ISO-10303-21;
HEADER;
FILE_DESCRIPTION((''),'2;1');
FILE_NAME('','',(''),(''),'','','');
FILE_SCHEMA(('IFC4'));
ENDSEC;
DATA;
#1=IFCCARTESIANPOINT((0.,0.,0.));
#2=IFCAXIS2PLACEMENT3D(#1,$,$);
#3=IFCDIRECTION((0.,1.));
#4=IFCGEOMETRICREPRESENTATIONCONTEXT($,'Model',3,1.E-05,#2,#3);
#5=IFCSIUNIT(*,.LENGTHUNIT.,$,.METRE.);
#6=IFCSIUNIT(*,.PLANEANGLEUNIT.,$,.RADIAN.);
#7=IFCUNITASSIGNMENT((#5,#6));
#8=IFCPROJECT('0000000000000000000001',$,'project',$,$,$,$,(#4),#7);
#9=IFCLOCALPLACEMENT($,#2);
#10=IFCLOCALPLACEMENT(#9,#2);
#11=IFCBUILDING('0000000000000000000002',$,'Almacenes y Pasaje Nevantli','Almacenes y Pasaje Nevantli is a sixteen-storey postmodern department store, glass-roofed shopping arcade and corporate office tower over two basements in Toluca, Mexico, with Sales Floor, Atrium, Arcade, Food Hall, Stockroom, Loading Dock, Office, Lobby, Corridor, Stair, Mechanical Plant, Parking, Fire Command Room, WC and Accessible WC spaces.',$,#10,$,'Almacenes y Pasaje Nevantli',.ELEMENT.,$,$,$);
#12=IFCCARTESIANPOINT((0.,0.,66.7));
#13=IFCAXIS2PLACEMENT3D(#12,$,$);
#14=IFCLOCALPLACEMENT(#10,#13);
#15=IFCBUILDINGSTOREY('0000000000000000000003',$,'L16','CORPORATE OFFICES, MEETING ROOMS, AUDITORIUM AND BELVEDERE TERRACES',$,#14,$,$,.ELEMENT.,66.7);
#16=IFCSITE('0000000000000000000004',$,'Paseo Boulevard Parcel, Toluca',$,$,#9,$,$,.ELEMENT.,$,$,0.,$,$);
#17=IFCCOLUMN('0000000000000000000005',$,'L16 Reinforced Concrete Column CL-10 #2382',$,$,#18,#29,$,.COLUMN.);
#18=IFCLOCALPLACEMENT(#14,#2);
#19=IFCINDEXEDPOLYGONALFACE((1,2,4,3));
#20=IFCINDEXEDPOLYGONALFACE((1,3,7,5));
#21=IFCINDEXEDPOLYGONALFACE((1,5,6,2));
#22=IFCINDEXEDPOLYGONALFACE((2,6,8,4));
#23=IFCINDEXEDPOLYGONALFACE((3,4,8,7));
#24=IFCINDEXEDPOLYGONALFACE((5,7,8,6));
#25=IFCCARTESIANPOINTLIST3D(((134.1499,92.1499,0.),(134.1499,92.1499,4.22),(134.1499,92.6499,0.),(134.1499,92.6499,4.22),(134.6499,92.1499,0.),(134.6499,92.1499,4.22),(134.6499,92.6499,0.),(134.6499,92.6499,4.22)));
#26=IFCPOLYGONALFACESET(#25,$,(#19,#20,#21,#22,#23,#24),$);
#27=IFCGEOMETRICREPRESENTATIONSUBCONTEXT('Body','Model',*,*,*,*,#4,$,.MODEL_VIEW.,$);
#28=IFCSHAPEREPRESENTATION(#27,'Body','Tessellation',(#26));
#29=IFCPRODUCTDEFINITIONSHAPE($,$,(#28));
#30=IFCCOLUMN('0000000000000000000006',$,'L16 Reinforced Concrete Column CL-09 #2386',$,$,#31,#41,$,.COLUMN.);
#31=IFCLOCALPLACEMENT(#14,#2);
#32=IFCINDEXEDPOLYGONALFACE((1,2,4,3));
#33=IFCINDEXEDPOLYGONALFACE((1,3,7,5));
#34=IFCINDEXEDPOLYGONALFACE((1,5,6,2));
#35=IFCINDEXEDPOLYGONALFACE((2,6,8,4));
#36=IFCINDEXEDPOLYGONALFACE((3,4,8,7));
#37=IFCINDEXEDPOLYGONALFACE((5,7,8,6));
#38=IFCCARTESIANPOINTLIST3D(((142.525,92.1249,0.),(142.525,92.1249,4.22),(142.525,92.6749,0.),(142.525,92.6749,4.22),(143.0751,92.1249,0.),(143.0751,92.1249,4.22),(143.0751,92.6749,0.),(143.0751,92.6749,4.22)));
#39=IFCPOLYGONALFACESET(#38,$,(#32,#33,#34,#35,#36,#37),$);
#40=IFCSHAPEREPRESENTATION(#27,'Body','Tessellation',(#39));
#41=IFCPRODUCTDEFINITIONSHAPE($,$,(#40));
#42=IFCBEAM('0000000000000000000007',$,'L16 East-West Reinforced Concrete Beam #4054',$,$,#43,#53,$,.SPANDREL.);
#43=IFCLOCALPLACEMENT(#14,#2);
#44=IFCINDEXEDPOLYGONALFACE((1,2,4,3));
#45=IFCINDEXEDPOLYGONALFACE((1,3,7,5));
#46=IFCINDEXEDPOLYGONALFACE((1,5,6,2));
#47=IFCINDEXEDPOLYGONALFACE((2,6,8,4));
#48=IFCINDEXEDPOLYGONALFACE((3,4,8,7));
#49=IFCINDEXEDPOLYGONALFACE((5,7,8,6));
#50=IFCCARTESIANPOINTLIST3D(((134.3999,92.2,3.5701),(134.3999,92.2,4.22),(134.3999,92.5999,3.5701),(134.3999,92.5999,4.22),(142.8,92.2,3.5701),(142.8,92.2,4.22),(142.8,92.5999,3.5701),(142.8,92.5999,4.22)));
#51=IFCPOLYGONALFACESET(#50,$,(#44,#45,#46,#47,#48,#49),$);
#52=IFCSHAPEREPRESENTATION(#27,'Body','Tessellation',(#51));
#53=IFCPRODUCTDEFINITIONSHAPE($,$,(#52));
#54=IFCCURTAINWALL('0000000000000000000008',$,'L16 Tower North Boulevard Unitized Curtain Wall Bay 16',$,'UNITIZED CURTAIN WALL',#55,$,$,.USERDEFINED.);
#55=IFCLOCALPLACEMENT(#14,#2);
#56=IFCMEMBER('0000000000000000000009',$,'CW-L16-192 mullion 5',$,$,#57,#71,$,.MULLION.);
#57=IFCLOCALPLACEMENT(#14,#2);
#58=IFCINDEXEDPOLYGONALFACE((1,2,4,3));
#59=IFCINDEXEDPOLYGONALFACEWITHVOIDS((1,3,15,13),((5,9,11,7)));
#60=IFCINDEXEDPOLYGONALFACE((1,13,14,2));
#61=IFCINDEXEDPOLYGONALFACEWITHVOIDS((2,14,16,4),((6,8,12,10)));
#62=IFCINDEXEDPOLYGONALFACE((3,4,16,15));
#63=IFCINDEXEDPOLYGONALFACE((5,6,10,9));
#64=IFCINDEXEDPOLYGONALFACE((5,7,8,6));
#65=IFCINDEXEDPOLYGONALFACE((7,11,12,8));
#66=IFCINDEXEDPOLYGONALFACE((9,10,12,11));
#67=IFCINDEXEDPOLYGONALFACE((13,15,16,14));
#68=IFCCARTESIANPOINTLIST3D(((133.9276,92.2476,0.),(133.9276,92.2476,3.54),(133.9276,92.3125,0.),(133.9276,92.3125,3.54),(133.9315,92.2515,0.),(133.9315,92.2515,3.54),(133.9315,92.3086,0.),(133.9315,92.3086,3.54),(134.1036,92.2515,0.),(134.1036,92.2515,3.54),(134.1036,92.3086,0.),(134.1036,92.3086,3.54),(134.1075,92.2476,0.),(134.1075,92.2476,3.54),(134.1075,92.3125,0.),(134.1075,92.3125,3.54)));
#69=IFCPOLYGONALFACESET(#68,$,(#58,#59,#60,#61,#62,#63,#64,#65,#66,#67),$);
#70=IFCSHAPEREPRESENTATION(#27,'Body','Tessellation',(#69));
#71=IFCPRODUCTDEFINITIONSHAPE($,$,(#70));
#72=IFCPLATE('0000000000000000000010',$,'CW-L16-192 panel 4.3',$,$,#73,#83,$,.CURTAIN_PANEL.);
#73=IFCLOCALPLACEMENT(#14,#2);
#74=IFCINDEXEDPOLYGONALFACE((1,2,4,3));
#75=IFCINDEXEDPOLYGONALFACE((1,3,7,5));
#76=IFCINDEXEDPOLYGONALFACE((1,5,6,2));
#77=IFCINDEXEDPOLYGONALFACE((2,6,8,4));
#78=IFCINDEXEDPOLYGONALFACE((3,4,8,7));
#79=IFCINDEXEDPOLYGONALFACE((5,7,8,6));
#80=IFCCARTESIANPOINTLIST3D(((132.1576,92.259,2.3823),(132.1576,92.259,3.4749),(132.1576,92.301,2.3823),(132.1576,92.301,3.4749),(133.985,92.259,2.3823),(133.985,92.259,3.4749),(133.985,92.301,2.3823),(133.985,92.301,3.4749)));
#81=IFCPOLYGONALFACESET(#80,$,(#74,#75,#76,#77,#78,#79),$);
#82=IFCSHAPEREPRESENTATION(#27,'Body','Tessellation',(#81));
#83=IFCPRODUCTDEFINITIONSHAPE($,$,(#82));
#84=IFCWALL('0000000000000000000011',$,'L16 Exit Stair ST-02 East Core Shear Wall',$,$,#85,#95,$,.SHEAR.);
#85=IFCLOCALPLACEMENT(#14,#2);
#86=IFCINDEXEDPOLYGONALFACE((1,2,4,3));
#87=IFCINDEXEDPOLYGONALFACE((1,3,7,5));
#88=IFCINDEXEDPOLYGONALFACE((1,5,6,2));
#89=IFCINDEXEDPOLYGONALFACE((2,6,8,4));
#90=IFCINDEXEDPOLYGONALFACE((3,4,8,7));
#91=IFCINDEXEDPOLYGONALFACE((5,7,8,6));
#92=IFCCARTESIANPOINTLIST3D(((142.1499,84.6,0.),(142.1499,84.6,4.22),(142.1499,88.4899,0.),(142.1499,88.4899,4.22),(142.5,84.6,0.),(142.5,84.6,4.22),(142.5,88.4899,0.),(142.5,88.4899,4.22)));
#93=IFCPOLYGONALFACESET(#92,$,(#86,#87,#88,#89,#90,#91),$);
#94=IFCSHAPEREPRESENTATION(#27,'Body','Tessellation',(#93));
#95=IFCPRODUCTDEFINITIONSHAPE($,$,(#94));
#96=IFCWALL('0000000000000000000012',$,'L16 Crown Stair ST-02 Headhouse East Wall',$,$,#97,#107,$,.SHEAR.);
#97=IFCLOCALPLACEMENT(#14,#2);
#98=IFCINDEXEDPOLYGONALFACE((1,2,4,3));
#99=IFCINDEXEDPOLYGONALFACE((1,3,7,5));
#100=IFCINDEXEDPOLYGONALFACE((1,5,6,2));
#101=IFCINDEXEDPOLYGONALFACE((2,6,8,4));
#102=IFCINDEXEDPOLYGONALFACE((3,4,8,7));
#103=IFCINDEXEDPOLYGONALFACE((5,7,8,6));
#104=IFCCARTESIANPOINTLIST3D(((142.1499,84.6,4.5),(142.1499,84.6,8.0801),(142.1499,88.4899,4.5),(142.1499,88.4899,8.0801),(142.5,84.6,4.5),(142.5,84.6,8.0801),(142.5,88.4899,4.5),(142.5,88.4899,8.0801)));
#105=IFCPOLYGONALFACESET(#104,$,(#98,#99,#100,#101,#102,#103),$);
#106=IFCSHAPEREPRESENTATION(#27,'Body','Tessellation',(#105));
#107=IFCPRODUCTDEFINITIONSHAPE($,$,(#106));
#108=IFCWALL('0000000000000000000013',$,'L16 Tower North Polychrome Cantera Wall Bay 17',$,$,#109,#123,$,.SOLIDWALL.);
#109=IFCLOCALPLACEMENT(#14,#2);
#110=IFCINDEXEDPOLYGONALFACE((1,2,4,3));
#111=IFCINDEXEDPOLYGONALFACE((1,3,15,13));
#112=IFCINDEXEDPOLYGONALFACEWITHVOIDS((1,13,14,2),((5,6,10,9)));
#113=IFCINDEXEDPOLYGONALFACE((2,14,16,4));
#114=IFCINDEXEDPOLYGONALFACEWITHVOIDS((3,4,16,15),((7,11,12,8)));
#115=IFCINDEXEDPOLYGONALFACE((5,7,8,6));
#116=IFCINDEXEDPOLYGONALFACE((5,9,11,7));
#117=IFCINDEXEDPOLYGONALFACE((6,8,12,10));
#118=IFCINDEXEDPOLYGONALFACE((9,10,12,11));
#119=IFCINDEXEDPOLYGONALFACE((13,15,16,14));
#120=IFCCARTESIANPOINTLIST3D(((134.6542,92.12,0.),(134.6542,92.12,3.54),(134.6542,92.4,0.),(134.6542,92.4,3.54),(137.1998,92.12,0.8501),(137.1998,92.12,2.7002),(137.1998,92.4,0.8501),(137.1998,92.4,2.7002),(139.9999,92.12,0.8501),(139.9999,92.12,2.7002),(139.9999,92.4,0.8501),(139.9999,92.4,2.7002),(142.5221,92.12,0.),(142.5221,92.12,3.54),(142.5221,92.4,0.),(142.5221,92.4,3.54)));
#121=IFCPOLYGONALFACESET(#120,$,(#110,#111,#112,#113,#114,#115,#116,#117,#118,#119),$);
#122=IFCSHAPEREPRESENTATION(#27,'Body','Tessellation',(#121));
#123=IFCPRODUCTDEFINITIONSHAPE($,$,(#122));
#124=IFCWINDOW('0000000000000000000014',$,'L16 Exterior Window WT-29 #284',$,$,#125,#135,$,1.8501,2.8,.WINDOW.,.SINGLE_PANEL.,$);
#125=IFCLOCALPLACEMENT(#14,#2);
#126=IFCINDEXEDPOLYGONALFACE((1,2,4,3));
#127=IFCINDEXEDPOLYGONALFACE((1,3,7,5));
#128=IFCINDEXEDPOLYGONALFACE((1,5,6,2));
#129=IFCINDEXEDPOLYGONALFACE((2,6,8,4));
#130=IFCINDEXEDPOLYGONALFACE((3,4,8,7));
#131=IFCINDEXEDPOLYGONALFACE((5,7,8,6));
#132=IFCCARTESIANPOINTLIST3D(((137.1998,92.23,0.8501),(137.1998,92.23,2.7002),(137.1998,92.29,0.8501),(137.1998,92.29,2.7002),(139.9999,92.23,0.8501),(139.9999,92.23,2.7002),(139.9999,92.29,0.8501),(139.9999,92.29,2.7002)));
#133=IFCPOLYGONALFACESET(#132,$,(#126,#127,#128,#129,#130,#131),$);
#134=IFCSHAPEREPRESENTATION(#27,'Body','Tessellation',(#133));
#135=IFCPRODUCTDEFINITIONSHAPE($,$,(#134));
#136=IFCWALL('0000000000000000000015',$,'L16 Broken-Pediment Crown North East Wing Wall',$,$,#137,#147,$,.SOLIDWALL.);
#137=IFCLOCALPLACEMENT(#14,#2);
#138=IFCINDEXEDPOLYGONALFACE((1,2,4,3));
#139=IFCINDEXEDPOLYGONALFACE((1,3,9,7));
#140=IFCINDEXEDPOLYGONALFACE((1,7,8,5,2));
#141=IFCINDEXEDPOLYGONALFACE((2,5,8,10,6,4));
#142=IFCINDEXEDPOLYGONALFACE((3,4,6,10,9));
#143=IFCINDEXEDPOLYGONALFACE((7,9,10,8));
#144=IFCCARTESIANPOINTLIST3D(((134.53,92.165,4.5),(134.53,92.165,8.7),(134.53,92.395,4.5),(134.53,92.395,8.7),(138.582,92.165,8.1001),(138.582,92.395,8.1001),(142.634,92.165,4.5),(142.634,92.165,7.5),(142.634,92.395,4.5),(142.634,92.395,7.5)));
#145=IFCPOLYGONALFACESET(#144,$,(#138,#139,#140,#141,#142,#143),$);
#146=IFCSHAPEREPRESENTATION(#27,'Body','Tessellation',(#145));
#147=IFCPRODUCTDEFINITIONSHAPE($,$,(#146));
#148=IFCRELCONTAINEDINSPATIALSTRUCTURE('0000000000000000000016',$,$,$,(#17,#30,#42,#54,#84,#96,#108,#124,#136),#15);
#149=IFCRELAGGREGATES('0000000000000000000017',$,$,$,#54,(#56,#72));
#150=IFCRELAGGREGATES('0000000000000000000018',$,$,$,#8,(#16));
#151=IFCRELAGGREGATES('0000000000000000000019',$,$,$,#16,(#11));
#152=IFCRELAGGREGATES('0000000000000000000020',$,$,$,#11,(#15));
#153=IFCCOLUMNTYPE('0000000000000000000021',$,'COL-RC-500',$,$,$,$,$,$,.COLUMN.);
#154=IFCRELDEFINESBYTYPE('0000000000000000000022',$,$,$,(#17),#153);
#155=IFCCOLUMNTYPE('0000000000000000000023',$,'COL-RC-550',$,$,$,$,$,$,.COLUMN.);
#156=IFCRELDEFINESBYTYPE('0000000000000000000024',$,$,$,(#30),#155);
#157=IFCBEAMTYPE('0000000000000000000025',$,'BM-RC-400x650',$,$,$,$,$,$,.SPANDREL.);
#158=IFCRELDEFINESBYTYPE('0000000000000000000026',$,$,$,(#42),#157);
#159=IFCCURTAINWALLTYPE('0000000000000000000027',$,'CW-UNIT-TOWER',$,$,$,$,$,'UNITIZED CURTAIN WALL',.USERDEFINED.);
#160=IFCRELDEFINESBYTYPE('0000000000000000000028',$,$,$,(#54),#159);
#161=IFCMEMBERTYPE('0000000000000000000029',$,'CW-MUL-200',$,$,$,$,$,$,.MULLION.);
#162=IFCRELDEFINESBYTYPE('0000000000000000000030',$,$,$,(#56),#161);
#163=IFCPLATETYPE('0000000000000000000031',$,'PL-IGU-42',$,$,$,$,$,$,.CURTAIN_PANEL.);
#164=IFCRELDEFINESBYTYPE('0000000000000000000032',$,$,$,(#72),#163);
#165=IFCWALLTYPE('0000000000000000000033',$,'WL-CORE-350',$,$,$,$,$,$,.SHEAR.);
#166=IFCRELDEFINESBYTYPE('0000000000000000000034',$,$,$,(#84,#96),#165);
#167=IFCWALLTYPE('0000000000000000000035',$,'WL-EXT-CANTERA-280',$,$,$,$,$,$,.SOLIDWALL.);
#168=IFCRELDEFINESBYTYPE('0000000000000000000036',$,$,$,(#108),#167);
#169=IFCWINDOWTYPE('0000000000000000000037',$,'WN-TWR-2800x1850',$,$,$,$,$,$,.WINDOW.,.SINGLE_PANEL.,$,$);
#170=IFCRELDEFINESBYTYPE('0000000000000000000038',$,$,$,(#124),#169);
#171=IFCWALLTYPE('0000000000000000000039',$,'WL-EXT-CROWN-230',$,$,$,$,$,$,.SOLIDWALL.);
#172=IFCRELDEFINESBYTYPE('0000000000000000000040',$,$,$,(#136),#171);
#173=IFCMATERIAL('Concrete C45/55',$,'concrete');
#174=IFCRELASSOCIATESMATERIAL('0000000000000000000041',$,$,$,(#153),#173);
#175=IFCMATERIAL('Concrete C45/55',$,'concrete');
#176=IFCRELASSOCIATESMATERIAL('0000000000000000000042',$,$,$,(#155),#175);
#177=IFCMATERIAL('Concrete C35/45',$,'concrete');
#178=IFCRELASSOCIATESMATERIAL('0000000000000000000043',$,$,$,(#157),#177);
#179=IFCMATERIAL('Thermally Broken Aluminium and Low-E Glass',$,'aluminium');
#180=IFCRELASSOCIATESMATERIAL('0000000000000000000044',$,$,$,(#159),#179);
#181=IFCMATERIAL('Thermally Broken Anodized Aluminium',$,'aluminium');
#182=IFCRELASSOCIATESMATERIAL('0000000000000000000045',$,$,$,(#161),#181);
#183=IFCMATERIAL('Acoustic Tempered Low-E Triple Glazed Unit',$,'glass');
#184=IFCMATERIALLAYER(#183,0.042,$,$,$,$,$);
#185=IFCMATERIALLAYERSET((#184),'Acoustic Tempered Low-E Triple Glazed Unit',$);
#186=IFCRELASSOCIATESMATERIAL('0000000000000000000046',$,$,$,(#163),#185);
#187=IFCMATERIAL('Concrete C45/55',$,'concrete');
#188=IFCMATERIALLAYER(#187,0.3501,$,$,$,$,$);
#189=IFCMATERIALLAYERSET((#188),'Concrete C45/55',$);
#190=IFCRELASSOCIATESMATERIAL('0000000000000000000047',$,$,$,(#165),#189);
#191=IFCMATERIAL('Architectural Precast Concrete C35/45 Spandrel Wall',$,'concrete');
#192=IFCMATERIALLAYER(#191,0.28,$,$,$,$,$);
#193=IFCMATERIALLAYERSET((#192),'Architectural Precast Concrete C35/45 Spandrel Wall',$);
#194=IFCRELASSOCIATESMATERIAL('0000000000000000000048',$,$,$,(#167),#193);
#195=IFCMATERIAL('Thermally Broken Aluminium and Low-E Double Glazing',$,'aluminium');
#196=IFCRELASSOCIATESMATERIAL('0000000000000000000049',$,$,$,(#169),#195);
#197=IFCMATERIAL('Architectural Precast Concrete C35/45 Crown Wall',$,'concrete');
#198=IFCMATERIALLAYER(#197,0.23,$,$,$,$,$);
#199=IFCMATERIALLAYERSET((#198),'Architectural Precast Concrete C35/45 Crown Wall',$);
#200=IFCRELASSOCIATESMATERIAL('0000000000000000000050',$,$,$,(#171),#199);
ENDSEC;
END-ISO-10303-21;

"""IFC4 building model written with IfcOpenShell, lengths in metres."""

from ifc_helpers import new_model, si_unit, direction, frame, frame_2d, origin, origin_2d, place, context, subcontext, project, spatial, polyline, rectangle, hollow_rectangle, outline, extrude, material, layer, layer_set, material_profile, profile_set, type_object, element, fill, aggregate, save


model = new_model("IFC4")

# Units and contexts
model_context = context("Model", 3, precision=1e-05, world=origin(), true_north=direction((0.0, 1.0)))
body_context = subcontext(model_context, "Body", "Model", "MODEL_VIEW")
ifc_project = project(units=[si_unit("LENGTHUNIT", "METRE"), si_unit("PLANEANGLEUNIT", "RADIAN")], contexts=[model_context])

# Site, building, storey
site_placement = place(None, origin())
site = spatial("IfcSite", under=ifc_project, at=site_placement, Name="Paseo Boulevard Parcel, Toluca", CompositionType="ELEMENT", RefElevation=0.0)
building_placement = place(site_placement, origin())
building = spatial("IfcBuilding", under=site, at=building_placement, Name="Almacenes y Pasaje Nevantli", Description="Almacenes y Pasaje Nevantli is a sixteen-storey postmodern department store, glass-roofed shopping arcade and corporate office tower over two basements in Toluca, Mexico, with Sales Floor, Atrium, Arcade, Food Hall, Stockroom, Loading Dock, Office, Lobby, Corridor, Stair, Mechanical Plant, Parking, Fire Command Room, WC and Accessible WC spaces.", LongName="Almacenes y Pasaje Nevantli", CompositionType="ELEMENT")
storey_placement = place(building_placement, frame((0.0, 0.0, 66.7)))
storey = spatial("IfcBuildingStorey", under=building, at=storey_placement, Name="L16", Description="CORPORATE OFFICES, MEETING ROOMS, AUDITORIUM AND BELVEDERE TERRACES", CompositionType="ELEMENT", Elevation=66.7)

# Columns
ifc_material_1 = material(Name="Concrete C45/55", Category="concrete")
ifc_material_profile_1 = material_profile(ifc_material_1, rectangle(XDim=0.5, YDim=0.5, at=origin_2d()), Name="RC-COL-500x500")
ifc_profile_set_1 = profile_set([ifc_material_profile_1], Name="Concrete C45/55")
column_type_1 = type_object("IfcColumnType", Name="COL-RC-500", PredefinedType="COLUMN", material=ifc_profile_set_1)
column_1_placement = place(storey_placement, frame((134.3999, 92.3999, 0.0), z_axis=(0.0, 0.0, 1.0), x_axis=(1.0, 0.0, 0.0)))
element("IfcColumn", 1, at=column_1_placement, inside=storey, type_object=column_type_1, Name="L16 Reinforced Concrete Column CL-10 #2382", PredefinedType="COLUMN", context=body_context, shape_type="SweptSolid", body=[
    extrude(rectangle(XDim=0.5, YDim=0.5, at=origin_2d()), origin(), (0.0, 0.0, 1.0), 4.22),
])
ifc_material_2 = material(Name="Concrete C45/55", Category="concrete")
ifc_material_profile_2 = material_profile(ifc_material_2, rectangle(XDim=0.55, YDim=0.55, at=origin_2d()), Name="RC-COL-550x550")
ifc_profile_set_2 = profile_set([ifc_material_profile_2], Name="Concrete C45/55")
column_type_2 = type_object("IfcColumnType", Name="COL-RC-550", PredefinedType="COLUMN", material=ifc_profile_set_2)
column_2_placement = place(storey_placement, frame((142.8, 92.3999, 0.0), z_axis=(0.0, 0.0, 1.0), x_axis=(1.0, 0.0, 0.0)))
element("IfcColumn", 2, at=column_2_placement, inside=storey, type_object=column_type_2, Name="L16 Reinforced Concrete Column CL-09 #2386", PredefinedType="COLUMN", context=body_context, shape_type="SweptSolid", body=[
    extrude(rectangle(XDim=0.55, YDim=0.55, at=origin_2d()), origin(), (0.0, 0.0, 1.0), 4.22),
])

# Beam
ifc_material_3 = material(Name="Concrete C35/45", Category="concrete")
ifc_material_profile_3 = material_profile(ifc_material_3, rectangle(XDim=0.3999, YDim=0.6499, at=origin_2d()), Name="RC-BM-400x650")
ifc_profile_set_3 = profile_set([ifc_material_profile_3], Name="Concrete C35/45")
beam_type = type_object("IfcBeamType", Name="BM-RC-400x650", PredefinedType="SPANDREL", material=ifc_profile_set_3)
beam_placement = place(storey_placement, frame((134.3999, 92.3999, 3.895), z_axis=(1.0, 0.0, 0.0), x_axis=(0.0, 1.0, 0.0)))
element("IfcBeam", 3, at=beam_placement, inside=storey, type_object=beam_type, Name="L16 East-West Reinforced Concrete Beam #4054", PredefinedType="SPANDREL", context=body_context, shape_type="SweptSolid", body=[
    extrude(rectangle(XDim=0.3999, YDim=0.6499, at=origin_2d()), origin(), (0.0, 0.0, 1.0), 8.4001),
])

# Curtain wall, member, plate
ifc_material_4 = material(Name="Thermally Broken Aluminium and Low-E Glass", Category="aluminium")
curtain_wall_type = type_object("IfcCurtainWallType", Name="CW-UNIT-TOWER", ElementType="UNITIZED CURTAIN WALL", PredefinedType="USERDEFINED", material=ifc_material_4)
curtain_wall_placement = place(storey_placement, origin())
curtain_wall = element("IfcCurtainWall", 4, at=curtain_wall_placement, inside=storey, type_object=curtain_wall_type, Name="L16 Tower North Boulevard Unitized Curtain Wall Bay 16", ObjectType="UNITIZED CURTAIN WALL", PredefinedType="USERDEFINED")
ifc_material_5 = material(Name="Thermally Broken Anodized Aluminium", Category="aluminium")
ifc_material_profile_4 = material_profile(ifc_material_5, hollow_rectangle(XDim=0.0649, YDim=0.1799, WallThickness=0.0039, at=origin_2d()), Name="ALU-MUL-65x180")
ifc_profile_set_4 = profile_set([ifc_material_profile_4], Name="Thermally Broken Anodized Aluminium")
member_type = type_object("IfcMemberType", Name="CW-MUL-200", PredefinedType="MULLION", material=ifc_profile_set_4)
member_placement = place(storey_placement, frame((134.0176, 92.28, 0.0), z_axis=(0.0, 0.0, 1.0), x_axis=(0.0, 1.0, 0.0)))
member = element("IfcMember", 5, at=member_placement, type_object=member_type, Name="CW-L16-192 mullion 5", PredefinedType="MULLION", context=body_context, shape_type="SweptSolid", body=[
    extrude(hollow_rectangle(XDim=0.0649, YDim=0.1799, WallThickness=0.0039, at=origin_2d()), origin(), (0.0, 0.0, 1.0), 3.54),
])
ifc_material_6 = material(Name="Acoustic Tempered Low-E Triple Glazed Unit", Category="glass")
ifc_layer_1 = layer(ifc_material_6, 0.042)
ifc_layer_set_1 = layer_set([ifc_layer_1], Name="Acoustic Tempered Low-E Triple Glazed Unit")
plate_type = type_object("IfcPlateType", Name="PL-IGU-42", PredefinedType="CURTAIN_PANEL", material=ifc_layer_set_1)
plate_placement = place(storey_placement, frame((133.0713, 92.28, 2.3823), z_axis=(0.0, 0.0, 1.0), x_axis=(1.0, 0.0, 0.0)))
plate = element("IfcPlate", 6, at=plate_placement, type_object=plate_type, Name="CW-L16-192 panel 4.3", PredefinedType="CURTAIN_PANEL", context=body_context, shape_type="SweptSolid", body=[
    extrude(rectangle(XDim=1.8274, YDim=0.042, at=origin_2d()), origin(), (0.0, 0.0, 1.0), 1.0925),
])
aggregate(curtain_wall, [member, plate])

# Walls
ifc_material_7 = material(Name="Concrete C45/55", Category="concrete")
ifc_layer_2 = layer(ifc_material_7, 0.3501)
ifc_layer_set_2 = layer_set([ifc_layer_2], Name="Concrete C45/55")
wall_type_1 = type_object("IfcWallType", Name="WL-CORE-350", PredefinedType="SHEAR", material=ifc_layer_set_2)
wall_1_placement = place(storey_placement, frame((142.325, 84.6001, 0.0), z_axis=(0.0, 0.0, 1.0), x_axis=(0.0, 1.0, 0.0)))
element("IfcWall", 7, at=wall_1_placement, inside=storey, type_object=wall_type_1, Name="L16 Exit Stair ST-02 East Core Shear Wall", PredefinedType="SHEAR", context=body_context, shape_type="SweptSolid", body=[
    extrude(rectangle(XDim=3.8899, YDim=0.3501, at=frame_2d((1.9448, 0.0))), origin(), (0.0, 0.0, 1.0), 4.22),
])
wall_2_placement = place(storey_placement, frame((142.325, 84.6001, 4.5), z_axis=(0.0, 0.0, 1.0), x_axis=(0.0, 1.0, 0.0)))
element("IfcWall", 8, at=wall_2_placement, inside=storey, type_object=wall_type_1, Name="L16 Crown Stair ST-02 Headhouse East Wall", PredefinedType="SHEAR", context=body_context, shape_type="SweptSolid", body=[
    extrude(rectangle(XDim=3.8899, YDim=0.3501, at=frame_2d((1.9448, 0.0))), origin(), (0.0, 0.0, 1.0), 3.5801),
])

# Wall, opening, window
ifc_material_8 = material(Name="Architectural Precast Concrete C35/45 Spandrel Wall", Category="concrete")
ifc_layer_3 = layer(ifc_material_8, 0.28)
ifc_layer_set_3 = layer_set([ifc_layer_3], Name="Architectural Precast Concrete C35/45 Spandrel Wall")
wall_type_2 = type_object("IfcWallType", Name="WL-EXT-CANTERA-280", PredefinedType="SOLIDWALL", material=ifc_layer_set_3)
wall_3_placement = place(storey_placement, frame((134.6541, 92.26, 0.0), z_axis=(0.0, 0.0, 1.0), x_axis=(1.0, 0.0, 0.0)))
wall_3 = element("IfcWall", 9, at=wall_3_placement, inside=storey, type_object=wall_type_2, Name="L16 Tower North Polychrome Cantera Wall Bay 17", PredefinedType="SOLIDWALL", context=body_context, shape_type="SweptSolid", body=[
    extrude(rectangle(XDim=7.8679, YDim=0.28, at=frame_2d((3.9341, 0.0))), origin(), (0.0, 0.0, 1.0), 3.54),
])
opening_placement = place(wall_3_placement, frame((2.5459, 0.0, 0.8501)))
opening = element("IfcOpeningElement", 10, at=opening_placement, cuts=wall_3, PredefinedType="OPENING", context=body_context, shape_type="SweptSolid", body=[
    extrude(rectangle(XDim=2.8, YDim=1.8501, at=frame_2d((1.3999, 0.925))), frame((0.0, 0.1499, 0.0), z_axis=(0.0, -1.0, 0.0), x_axis=(1.0, 0.0, 0.0)), (0.0, 0.0, 1.0), 0.3),
])
ifc_material_9 = material(Name="Thermally Broken Aluminium and Low-E Double Glazing", Category="aluminium")
window_type = type_object("IfcWindowType", Name="WN-TWR-2800x1850", PartitioningType="SINGLE_PANEL", PredefinedType="WINDOW", material=ifc_material_9)
window_placement = place(opening_placement, origin())
window = element("IfcWindow", 11, at=window_placement, inside=storey, type_object=window_type, Name="L16 Exterior Window WT-29 #284", OverallHeight=1.8501, OverallWidth=2.8, PartitioningType="SINGLE_PANEL", PredefinedType="WINDOW", context=body_context, shape_type="SweptSolid", body=[
    extrude(rectangle(XDim=2.8, YDim=1.8501, at=frame_2d((1.3999, 0.925))), frame((0.0, 0.03, 0.0), z_axis=(0.0, -1.0, 0.0), x_axis=(1.0, 0.0, 0.0)), (0.0, 0.0, 1.0), 0.0601),
])
fill(opening, window)

# Wall
ifc_material_10 = material(Name="Architectural Precast Concrete C35/45 Crown Wall", Category="concrete")
ifc_layer_4 = layer(ifc_material_10, 0.23)
ifc_layer_set_4 = layer_set([ifc_layer_4], Name="Architectural Precast Concrete C35/45 Crown Wall")
wall_type_3 = type_object("IfcWallType", Name="WL-EXT-CROWN-230", PredefinedType="SOLIDWALL", material=ifc_layer_set_4)
wall_4_placement = place(storey_placement, frame((134.53, 92.28, 4.5), z_axis=(0.0, 0.0, 1.0), x_axis=(1.0, 0.0, 0.0)))
element("IfcWall", 12, at=wall_4_placement, inside=storey, type_object=wall_type_3, Name="L16 Broken-Pediment Crown North East Wing Wall", PredefinedType="SOLIDWALL", context=body_context, shape_type="SweptSolid", body=[
    extrude(outline(polyline([(0.0, 0.0), (8.104, 0.0), (8.104, 3.0), (4.052, 3.6001), (0.0, 4.2), (0.0, 0.0)])), frame((0.0, 0.115, 0.0), z_axis=(0.0, -1.0, 0.0), x_axis=(1.0, 0.0, 0.0)), (0.0, 0.0, 1.0), 0.23),
])

save(model, "model.ifc")
